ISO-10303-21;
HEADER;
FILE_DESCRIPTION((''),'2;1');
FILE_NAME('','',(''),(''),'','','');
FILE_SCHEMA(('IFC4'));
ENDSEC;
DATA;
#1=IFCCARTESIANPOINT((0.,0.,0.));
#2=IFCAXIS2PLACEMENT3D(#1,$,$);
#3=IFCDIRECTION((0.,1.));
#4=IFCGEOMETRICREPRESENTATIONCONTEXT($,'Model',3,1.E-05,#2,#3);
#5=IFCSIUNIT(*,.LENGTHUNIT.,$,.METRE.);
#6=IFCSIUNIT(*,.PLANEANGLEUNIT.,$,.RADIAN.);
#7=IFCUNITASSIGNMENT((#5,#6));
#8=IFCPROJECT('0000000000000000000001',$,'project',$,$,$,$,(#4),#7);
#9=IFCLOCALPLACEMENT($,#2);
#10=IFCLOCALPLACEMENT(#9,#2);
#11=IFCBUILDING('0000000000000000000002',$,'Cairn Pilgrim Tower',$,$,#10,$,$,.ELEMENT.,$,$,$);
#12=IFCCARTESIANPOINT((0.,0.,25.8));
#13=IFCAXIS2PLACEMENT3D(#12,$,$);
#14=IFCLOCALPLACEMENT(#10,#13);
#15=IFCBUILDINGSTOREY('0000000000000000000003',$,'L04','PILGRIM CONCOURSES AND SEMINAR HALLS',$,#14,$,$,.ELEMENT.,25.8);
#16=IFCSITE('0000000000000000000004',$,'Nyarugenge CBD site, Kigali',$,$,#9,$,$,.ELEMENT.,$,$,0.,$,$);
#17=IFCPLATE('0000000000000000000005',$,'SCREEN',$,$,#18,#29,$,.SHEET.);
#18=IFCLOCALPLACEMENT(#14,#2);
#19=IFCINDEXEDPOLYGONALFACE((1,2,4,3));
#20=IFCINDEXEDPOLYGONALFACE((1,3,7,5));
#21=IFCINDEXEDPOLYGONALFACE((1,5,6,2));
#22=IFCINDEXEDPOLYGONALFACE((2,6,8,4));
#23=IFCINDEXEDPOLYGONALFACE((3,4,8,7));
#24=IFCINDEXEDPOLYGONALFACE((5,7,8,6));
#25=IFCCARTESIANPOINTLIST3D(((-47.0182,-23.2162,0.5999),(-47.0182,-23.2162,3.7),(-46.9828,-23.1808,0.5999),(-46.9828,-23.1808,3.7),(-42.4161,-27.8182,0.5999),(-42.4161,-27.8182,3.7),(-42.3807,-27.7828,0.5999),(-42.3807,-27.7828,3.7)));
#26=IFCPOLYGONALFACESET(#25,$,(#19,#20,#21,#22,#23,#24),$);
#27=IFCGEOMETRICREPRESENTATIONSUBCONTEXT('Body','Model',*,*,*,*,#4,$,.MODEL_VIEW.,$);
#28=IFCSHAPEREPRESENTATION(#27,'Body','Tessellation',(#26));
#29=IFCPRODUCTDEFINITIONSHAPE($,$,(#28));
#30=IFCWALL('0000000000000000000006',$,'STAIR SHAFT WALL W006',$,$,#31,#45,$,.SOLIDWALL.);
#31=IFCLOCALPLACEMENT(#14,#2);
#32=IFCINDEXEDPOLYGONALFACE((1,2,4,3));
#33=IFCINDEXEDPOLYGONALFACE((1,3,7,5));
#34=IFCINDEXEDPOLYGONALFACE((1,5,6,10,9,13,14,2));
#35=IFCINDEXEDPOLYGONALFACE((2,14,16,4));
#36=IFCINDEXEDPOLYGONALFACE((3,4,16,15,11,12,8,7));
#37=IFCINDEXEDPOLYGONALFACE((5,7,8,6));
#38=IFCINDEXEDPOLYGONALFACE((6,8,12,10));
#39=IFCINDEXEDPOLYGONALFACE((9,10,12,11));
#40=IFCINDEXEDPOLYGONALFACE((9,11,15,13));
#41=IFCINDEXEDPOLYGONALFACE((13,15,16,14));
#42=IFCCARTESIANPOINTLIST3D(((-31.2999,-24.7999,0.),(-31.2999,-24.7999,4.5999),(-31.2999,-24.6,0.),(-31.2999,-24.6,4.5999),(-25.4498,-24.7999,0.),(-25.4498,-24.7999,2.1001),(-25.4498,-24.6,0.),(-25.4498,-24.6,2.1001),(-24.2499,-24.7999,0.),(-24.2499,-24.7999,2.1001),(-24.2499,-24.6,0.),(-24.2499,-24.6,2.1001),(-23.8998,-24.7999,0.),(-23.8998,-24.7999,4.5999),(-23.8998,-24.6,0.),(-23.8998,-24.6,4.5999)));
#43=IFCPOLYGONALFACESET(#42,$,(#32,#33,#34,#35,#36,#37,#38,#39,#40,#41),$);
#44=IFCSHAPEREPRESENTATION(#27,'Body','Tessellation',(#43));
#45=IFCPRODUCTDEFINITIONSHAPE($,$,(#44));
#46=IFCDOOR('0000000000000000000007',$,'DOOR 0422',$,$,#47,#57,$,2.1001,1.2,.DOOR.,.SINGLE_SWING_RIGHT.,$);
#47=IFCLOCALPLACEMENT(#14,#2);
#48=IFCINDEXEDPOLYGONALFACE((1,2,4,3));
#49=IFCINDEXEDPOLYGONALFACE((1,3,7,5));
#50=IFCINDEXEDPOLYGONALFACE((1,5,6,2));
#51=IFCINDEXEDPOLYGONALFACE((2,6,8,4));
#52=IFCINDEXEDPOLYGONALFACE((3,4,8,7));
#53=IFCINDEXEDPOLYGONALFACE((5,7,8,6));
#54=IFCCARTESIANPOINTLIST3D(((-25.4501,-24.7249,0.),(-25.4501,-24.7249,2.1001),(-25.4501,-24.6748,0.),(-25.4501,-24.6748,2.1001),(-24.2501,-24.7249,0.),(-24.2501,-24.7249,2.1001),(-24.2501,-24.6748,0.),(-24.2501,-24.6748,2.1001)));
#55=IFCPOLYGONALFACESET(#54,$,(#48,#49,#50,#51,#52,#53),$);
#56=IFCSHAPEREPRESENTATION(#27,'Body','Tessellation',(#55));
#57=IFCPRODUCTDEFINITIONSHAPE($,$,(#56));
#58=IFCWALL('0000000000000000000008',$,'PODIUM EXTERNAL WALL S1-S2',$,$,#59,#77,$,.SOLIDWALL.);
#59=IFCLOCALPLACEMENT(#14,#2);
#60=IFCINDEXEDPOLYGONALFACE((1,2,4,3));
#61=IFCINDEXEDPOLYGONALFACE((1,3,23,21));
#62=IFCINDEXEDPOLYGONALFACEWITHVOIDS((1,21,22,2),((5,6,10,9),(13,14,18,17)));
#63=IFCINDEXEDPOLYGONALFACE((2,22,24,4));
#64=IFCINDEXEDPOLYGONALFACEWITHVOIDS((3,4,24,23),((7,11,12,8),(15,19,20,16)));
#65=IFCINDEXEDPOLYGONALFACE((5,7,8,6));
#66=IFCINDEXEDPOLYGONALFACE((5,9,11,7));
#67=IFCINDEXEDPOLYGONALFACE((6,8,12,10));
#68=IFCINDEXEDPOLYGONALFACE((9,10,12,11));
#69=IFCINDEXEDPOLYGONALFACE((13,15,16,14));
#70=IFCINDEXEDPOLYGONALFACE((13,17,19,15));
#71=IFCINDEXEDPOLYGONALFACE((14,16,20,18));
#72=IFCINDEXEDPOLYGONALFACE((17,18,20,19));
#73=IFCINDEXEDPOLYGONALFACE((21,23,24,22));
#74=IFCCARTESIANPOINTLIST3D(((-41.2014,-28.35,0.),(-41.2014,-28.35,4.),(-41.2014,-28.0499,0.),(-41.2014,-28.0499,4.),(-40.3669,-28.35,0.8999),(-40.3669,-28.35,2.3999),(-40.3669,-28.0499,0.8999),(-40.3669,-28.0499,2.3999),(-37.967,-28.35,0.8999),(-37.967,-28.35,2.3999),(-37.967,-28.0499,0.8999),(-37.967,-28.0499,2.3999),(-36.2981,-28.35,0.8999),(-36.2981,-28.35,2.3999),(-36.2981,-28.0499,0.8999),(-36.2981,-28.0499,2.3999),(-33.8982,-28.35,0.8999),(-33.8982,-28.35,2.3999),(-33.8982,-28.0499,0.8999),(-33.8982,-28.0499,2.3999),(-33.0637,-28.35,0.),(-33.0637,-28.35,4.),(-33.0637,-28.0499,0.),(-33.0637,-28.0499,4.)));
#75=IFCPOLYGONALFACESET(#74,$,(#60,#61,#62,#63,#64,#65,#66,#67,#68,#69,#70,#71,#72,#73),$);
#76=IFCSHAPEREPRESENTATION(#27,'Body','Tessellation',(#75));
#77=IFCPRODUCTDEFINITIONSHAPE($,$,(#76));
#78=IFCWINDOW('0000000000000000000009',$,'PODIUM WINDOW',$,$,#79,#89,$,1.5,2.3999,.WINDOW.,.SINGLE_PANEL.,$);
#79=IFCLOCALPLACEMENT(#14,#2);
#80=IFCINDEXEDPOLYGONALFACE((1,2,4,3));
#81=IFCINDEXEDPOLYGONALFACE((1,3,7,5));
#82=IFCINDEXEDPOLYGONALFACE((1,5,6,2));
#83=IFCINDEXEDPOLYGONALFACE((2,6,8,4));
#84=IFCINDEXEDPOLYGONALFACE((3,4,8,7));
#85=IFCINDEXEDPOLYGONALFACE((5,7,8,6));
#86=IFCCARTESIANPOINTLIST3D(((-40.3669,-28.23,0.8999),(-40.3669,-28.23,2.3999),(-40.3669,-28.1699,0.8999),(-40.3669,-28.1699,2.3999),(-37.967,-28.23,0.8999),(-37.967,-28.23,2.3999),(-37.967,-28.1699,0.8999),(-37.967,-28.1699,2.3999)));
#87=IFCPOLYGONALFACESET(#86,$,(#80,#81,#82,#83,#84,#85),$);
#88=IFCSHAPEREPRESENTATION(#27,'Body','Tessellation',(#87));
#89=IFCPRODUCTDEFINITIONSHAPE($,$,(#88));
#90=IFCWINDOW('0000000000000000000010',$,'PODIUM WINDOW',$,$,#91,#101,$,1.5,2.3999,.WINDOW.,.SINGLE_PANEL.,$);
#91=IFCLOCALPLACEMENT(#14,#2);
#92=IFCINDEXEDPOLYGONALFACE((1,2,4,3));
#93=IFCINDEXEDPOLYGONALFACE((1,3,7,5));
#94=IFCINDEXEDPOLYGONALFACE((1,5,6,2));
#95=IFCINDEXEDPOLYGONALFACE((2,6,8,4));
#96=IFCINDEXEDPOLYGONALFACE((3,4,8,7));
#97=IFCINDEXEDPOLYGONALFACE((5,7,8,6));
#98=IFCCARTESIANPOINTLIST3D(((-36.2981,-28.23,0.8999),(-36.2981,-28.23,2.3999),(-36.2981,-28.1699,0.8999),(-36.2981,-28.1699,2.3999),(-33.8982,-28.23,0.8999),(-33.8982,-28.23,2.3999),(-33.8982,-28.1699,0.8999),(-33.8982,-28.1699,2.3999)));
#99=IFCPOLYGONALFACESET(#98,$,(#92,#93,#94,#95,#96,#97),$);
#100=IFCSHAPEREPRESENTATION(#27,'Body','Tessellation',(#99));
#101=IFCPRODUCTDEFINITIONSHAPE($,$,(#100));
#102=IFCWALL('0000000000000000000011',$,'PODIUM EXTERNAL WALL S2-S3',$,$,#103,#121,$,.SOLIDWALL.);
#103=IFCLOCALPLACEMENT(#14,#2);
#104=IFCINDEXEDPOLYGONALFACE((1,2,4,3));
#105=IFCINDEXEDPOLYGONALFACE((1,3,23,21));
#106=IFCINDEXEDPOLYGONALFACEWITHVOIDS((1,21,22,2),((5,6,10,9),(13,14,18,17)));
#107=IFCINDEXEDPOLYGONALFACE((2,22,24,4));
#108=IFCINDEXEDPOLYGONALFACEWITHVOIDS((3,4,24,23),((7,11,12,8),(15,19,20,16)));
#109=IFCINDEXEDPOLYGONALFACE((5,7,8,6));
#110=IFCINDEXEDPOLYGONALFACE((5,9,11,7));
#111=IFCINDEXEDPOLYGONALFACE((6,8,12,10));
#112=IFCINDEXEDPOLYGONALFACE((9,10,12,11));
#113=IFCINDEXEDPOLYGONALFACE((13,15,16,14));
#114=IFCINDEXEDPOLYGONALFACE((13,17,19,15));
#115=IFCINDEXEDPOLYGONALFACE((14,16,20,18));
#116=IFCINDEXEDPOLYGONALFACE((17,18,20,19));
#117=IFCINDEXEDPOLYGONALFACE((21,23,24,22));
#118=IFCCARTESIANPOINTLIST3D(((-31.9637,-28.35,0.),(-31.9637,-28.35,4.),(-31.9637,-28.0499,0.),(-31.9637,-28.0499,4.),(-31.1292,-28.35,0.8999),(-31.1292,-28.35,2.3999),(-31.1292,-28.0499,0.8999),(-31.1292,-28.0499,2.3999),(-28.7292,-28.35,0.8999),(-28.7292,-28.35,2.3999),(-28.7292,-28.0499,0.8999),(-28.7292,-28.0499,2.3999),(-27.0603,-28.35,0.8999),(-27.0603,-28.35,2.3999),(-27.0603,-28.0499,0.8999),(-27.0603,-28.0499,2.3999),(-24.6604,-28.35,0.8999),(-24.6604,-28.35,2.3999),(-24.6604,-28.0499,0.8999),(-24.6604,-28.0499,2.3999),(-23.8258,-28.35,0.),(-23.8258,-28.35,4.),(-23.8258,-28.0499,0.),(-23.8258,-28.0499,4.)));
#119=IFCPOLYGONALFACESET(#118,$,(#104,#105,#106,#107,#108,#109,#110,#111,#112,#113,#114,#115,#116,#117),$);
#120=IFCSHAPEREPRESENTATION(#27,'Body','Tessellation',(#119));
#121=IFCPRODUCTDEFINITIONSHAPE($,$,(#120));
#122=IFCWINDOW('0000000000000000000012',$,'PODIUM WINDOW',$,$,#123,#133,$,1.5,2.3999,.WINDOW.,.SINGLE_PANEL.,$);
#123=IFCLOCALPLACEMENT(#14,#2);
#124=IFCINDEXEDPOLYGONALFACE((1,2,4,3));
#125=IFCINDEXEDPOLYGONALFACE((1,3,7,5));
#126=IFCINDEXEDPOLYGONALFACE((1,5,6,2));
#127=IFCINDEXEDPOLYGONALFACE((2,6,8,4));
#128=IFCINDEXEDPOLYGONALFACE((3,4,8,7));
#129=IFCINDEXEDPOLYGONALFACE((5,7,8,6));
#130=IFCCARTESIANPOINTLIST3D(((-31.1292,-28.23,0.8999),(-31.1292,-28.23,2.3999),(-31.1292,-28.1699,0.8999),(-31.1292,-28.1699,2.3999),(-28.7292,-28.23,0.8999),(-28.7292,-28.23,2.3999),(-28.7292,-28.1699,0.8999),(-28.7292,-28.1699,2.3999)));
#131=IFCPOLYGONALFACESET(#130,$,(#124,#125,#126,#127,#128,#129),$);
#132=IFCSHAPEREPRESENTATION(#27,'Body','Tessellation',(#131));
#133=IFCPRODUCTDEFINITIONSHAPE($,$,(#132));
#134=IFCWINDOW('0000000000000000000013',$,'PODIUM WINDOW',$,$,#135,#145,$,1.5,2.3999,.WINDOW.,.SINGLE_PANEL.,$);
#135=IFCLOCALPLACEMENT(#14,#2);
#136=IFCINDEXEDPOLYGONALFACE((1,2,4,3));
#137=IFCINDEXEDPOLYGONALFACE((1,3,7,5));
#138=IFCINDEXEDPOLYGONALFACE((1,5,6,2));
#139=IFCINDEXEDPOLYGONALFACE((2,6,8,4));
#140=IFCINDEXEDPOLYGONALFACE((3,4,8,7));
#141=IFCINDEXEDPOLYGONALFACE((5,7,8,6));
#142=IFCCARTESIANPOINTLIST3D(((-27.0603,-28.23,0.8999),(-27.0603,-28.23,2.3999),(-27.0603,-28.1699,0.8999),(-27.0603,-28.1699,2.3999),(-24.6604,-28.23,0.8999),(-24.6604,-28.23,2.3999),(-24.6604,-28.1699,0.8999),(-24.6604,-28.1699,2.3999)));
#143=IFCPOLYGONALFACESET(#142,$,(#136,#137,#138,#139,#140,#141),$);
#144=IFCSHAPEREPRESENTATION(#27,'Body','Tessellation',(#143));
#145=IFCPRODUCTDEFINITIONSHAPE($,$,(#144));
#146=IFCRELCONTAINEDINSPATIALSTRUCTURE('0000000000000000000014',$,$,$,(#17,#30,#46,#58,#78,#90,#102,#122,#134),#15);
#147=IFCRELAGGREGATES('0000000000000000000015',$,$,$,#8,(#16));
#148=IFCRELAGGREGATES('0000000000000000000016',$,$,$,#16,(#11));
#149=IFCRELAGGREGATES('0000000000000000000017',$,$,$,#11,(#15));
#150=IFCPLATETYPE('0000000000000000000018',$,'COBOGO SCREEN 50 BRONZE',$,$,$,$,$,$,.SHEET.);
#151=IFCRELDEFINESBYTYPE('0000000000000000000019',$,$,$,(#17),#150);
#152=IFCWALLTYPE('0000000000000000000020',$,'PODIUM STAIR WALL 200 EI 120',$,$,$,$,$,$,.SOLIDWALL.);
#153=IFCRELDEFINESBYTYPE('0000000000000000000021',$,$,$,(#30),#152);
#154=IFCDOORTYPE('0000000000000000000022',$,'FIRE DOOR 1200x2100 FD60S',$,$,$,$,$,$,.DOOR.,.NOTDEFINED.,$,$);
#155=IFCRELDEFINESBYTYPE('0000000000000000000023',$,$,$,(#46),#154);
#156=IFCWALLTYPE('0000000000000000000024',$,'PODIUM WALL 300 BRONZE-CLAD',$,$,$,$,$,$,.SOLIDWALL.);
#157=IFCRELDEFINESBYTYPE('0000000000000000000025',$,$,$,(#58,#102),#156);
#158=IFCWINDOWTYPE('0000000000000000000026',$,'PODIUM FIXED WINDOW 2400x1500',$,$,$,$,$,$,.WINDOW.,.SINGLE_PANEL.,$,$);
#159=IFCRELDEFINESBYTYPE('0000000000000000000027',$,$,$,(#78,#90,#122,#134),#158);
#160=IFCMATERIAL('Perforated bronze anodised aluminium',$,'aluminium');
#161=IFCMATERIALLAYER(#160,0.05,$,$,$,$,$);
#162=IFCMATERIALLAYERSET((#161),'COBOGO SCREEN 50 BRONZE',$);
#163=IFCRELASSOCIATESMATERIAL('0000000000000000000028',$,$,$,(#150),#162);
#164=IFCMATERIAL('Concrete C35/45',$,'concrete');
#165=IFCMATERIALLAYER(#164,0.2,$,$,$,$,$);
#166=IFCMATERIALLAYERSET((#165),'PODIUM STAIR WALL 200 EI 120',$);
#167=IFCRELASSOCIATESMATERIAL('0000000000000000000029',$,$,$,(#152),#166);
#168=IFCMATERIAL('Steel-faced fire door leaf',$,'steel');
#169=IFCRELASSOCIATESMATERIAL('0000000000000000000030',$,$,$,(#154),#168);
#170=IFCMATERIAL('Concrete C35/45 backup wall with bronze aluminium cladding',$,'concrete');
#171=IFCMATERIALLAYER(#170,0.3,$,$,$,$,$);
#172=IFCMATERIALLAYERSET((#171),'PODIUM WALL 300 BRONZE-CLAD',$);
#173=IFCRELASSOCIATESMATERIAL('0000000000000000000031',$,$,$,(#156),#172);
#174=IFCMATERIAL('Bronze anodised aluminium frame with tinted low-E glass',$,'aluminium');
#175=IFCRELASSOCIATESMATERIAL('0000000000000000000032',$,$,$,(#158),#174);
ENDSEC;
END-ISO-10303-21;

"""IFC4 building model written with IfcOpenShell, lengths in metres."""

from ifc_helpers import new_model, si_unit, direction, frame, frame_2d, origin, origin_2d, place, context, subcontext, project, spatial, rectangle, extrude, material, layer, layer_set, type_object, element, fill, save


model = new_model("IFC4")

# Units and contexts
model_context = context("Model", 3, precision=1e-05, world=origin(), true_north=direction((0.0, 1.0)))
body_context = subcontext(model_context, "Body", "Model", "MODEL_VIEW")
ifc_project = project(units=[si_unit("LENGTHUNIT", "METRE"), si_unit("PLANEANGLEUNIT", "RADIAN")], contexts=[model_context])

# Site, building, storey
site_placement = place(None, origin())
site = spatial("IfcSite", under=ifc_project, at=site_placement, Name="Nyarugenge CBD site, Kigali", CompositionType="ELEMENT", RefElevation=0.0)
building_placement = place(site_placement, origin())
building = spatial("IfcBuilding", under=site, at=building_placement, Name="Cairn Pilgrim Tower", CompositionType="ELEMENT")
storey_placement = place(building_placement, frame((0.0, 0.0, 25.8)))
storey = spatial("IfcBuildingStorey", under=building, at=storey_placement, Name="L04", Description="PILGRIM CONCOURSES AND SEMINAR HALLS", CompositionType="ELEMENT", Elevation=25.8)

# Plate
ifc_material_1 = material(Name="Perforated bronze anodised aluminium", Category="aluminium")
ifc_layer_1 = layer(ifc_material_1, 0.05)
ifc_layer_set_1 = layer_set([ifc_layer_1], Name="COBOGO SCREEN 50 BRONZE")
plate_type_1 = type_object("IfcPlateType", Name="COBOGO SCREEN 50 BRONZE", PredefinedType="SHEET", material=ifc_layer_set_1)
plate_1_placement = place(storey_placement, frame((-44.6995, -25.4995, 0.5999), z_axis=(0.0, 0.0, 1.0), x_axis=(0.707107, -0.707107, 0.0)))
element("IfcPlate", 1, at=plate_1_placement, inside=storey, type_object=plate_type_1, Name="SCREEN", PredefinedType="SHEET", context=body_context, shape_type="SweptSolid", body=[
    extrude(rectangle(XDim=6.5083, YDim=0.05, at=origin_2d()), origin(), (0.0, 0.0, 1.0), 3.1001),
])

# Wall, opening, door
ifc_material_2 = material(Name="Concrete C35/45", Category="concrete")
ifc_layer_2 = layer(ifc_material_2, 0.2)
ifc_layer_set_2 = layer_set([ifc_layer_2], Name="PODIUM STAIR WALL 200 EI 120")
wall_type_1 = type_object("IfcWallType", Name="PODIUM STAIR WALL 200 EI 120", PredefinedType="SOLIDWALL", material=ifc_layer_set_2)
wall_1_placement = place(storey_placement, frame((-31.3, -24.7, 0.0), z_axis=(0.0, 0.0, 1.0), x_axis=(1.0, 0.0, 0.0)))
wall_1 = element("IfcWall", 2, at=wall_1_placement, inside=storey, type_object=wall_type_1, Name="STAIR SHAFT WALL W006", PredefinedType="SOLIDWALL", context=body_context, shape_type="SweptSolid", body=[
    extrude(rectangle(XDim=7.4001, YDim=0.2, at=frame_2d((3.7002, 0.0))), origin(), (0.0, 0.0, 1.0), 4.5999),
])
opening_1_placement = place(wall_1_placement, frame((5.8501, 0.0, 0.0)))
opening_1 = element("IfcOpeningElement", 3, at=opening_1_placement, cuts=wall_1, PredefinedType="OPENING", context=body_context, shape_type="SweptSolid", body=[
    extrude(rectangle(XDim=1.2, YDim=2.1001, at=frame_2d((0.6001, 1.05))), frame((0.0, 0.1099, 0.0), z_axis=(0.0, -1.0, 0.0), x_axis=(1.0, 0.0, 0.0)), (0.0, 0.0, 1.0), 0.22),
])
ifc_material_3 = material(Name="Steel-faced fire door leaf", Category="steel")
door_type = type_object("IfcDoorType", Name="FIRE DOOR 1200x2100 FD60S", OperationType="NOTDEFINED", PredefinedType="DOOR", material=ifc_material_3)
door_placement = place(opening_1_placement, frame((1.2, 0.0, 0.0), z_axis=(0.0, 0.0, 1.0), x_axis=(-1.0, 0.0, 0.0)))
door = element("IfcDoor", 4, at=door_placement, inside=storey, type_object=door_type, Name="DOOR 0422", OperationType="SINGLE_SWING_RIGHT", OverallHeight=2.1001, OverallWidth=1.2, PredefinedType="DOOR", context=body_context, shape_type="SweptSolid", body=[
    extrude(rectangle(XDim=1.2, YDim=2.1001, at=frame_2d((0.6001, 1.05))), frame((0.0, 0.0249, 0.0), z_axis=(0.0, -1.0, 0.0), x_axis=(1.0, 0.0, 0.0)), (0.0, 0.0, 1.0), 0.05),
])
fill(opening_1, door)

# Walls, openings, windows
ifc_material_4 = material(Name="Concrete C35/45 backup wall with bronze aluminium cladding", Category="concrete")
ifc_layer_3 = layer(ifc_material_4, 0.3)
ifc_layer_set_3 = layer_set([ifc_layer_3], Name="PODIUM WALL 300 BRONZE-CLAD")
wall_type_2 = type_object("IfcWallType", Name="PODIUM WALL 300 BRONZE-CLAD", PredefinedType="SOLIDWALL", material=ifc_layer_set_3)
wall_2_placement = place(storey_placement, frame((-41.2014, -28.2, 0.0), z_axis=(0.0, 0.0, 1.0), x_axis=(1.0, 0.0, 0.0)))
wall_2 = element("IfcWall", 5, at=wall_2_placement, inside=storey, type_object=wall_type_2, Name="PODIUM EXTERNAL WALL S1-S2", PredefinedType="SOLIDWALL", context=body_context, shape_type="SweptSolid", body=[
    extrude(rectangle(XDim=8.1377, YDim=0.3, at=frame_2d((4.0688, 0.0))), origin(), (0.0, 0.0, 1.0), 4.0),
])
opening_2_placement = place(wall_2_placement, frame((0.8345, 0.0, 0.8999)))
opening_2 = element("IfcOpeningElement", 6, at=opening_2_placement, cuts=wall_2, PredefinedType="OPENING", context=body_context, shape_type="SweptSolid", body=[
    extrude(rectangle(XDim=2.3999, YDim=1.5, at=frame_2d((1.2, 0.75))), frame((0.0, 0.1602, 0.0), z_axis=(0.0, -1.0, 0.0), x_axis=(1.0, 0.0, 0.0)), (0.0, 0.0, 1.0), 0.3201),
])
opening_3_placement = place(wall_2_placement, frame((4.9033, 0.0, 0.8999)))
opening_3 = element("IfcOpeningElement", 7, at=opening_3_placement, cuts=wall_2, PredefinedType="OPENING", context=body_context, shape_type="SweptSolid", body=[
    extrude(rectangle(XDim=2.3999, YDim=1.5, at=frame_2d((1.2, 0.75))), frame((0.0, 0.1602, 0.0), z_axis=(0.0, -1.0, 0.0), x_axis=(1.0, 0.0, 0.0)), (0.0, 0.0, 1.0), 0.3201),
])
ifc_material_5 = material(Name="Bronze anodised aluminium frame with tinted low-E glass", Category="aluminium")
window_type = type_object("IfcWindowType", Name="PODIUM FIXED WINDOW 2400x1500", PartitioningType="SINGLE_PANEL", PredefinedType="WINDOW", material=ifc_material_5)
window_1_placement = place(opening_2_placement, origin())
window_1 = element("IfcWindow", 8, at=window_1_placement, inside=storey, type_object=window_type, Name="PODIUM WINDOW", OverallHeight=1.5, OverallWidth=2.3999, PartitioningType="SINGLE_PANEL", PredefinedType="WINDOW", context=body_context, shape_type="SweptSolid", body=[
    extrude(rectangle(XDim=2.3999, YDim=1.5, at=frame_2d((1.2, 0.75))), frame((0.0, 0.03, 0.0), z_axis=(0.0, -1.0, 0.0), x_axis=(1.0, 0.0, 0.0)), (0.0, 0.0, 1.0), 0.0601),
])
fill(opening_2, window_1)
window_2_placement = place(opening_3_placement, origin())
window_2 = element("IfcWindow", 9, at=window_2_placement, inside=storey, type_object=window_type, Name="PODIUM WINDOW", OverallHeight=1.5, OverallWidth=2.3999, PartitioningType="SINGLE_PANEL", PredefinedType="WINDOW", context=body_context, shape_type="SweptSolid", body=[
    extrude(rectangle(XDim=2.3999, YDim=1.5, at=frame_2d((1.2, 0.75))), frame((0.0, 0.03, 0.0), z_axis=(0.0, -1.0, 0.0), x_axis=(1.0, 0.0, 0.0)), (0.0, 0.0, 1.0), 0.0601),
])
fill(opening_3, window_2)
wall_3_placement = place(storey_placement, frame((-31.9636, -28.2, 0.0), z_axis=(0.0, 0.0, 1.0), x_axis=(1.0, 0.0, 0.0)))
wall_3 = element("IfcWall", 10, at=wall_3_placement, inside=storey, type_object=wall_type_2, Name="PODIUM EXTERNAL WALL S2-S3", PredefinedType="SOLIDWALL", context=body_context, shape_type="SweptSolid", body=[
    extrude(rectangle(XDim=8.1379, YDim=0.3, at=frame_2d((4.0688, 0.0))), origin(), (0.0, 0.0, 1.0), 4.0),
])
opening_4_placement = place(wall_3_placement, frame((0.8345, 0.0, 0.8999)))
opening_4 = element("IfcOpeningElement", 11, at=opening_4_placement, cuts=wall_3, PredefinedType="OPENING", context=body_context, shape_type="SweptSolid", body=[
    extrude(rectangle(XDim=2.3999, YDim=1.5, at=frame_2d((1.2, 0.75))), frame((0.0, 0.1602, 0.0), z_axis=(0.0, -1.0, 0.0), x_axis=(1.0, 0.0, 0.0)), (0.0, 0.0, 1.0), 0.3201),
])
opening_5_placement = place(wall_3_placement, frame((4.9033, 0.0, 0.8999)))
opening_5 = element("IfcOpeningElement", 12, at=opening_5_placement, cuts=wall_3, PredefinedType="OPENING", context=body_context, shape_type="SweptSolid", body=[
    extrude(rectangle(XDim=2.3999, YDim=1.5, at=frame_2d((1.2, 0.75))), frame((0.0, 0.1602, 0.0), z_axis=(0.0, -1.0, 0.0), x_axis=(1.0, 0.0, 0.0)), (0.0, 0.0, 1.0), 0.3201),
])
window_3_placement = place(opening_4_placement, origin())
window_3 = element("IfcWindow", 13, at=window_3_placement, inside=storey, type_object=window_type, Name="PODIUM WINDOW", OverallHeight=1.5, OverallWidth=2.3999, PartitioningType="SINGLE_PANEL", PredefinedType="WINDOW", context=body_context, shape_type="SweptSolid", body=[
    extrude(rectangle(XDim=2.3999, YDim=1.5, at=frame_2d((1.2, 0.75))), frame((0.0, 0.03, 0.0), z_axis=(0.0, -1.0, 0.0), x_axis=(1.0, 0.0, 0.0)), (0.0, 0.0, 1.0), 0.0601),
])
fill(opening_4, window_3)
window_4_placement = place(opening_5_placement, origin())
window_4 = element("IfcWindow", 14, at=window_4_placement, inside=storey, type_object=window_type, Name="PODIUM WINDOW", OverallHeight=1.5, OverallWidth=2.3999, PartitioningType="SINGLE_PANEL", PredefinedType="WINDOW", context=body_context, shape_type="SweptSolid", body=[
    extrude(rectangle(XDim=2.3999, YDim=1.5, at=frame_2d((1.2, 0.75))), frame((0.0, 0.03, 0.0), z_axis=(0.0, -1.0, 0.0), x_axis=(1.0, 0.0, 0.0)), (0.0, 0.0, 1.0), 0.0601),
])
fill(opening_5, window_4)

save(model, "model.ifc")
